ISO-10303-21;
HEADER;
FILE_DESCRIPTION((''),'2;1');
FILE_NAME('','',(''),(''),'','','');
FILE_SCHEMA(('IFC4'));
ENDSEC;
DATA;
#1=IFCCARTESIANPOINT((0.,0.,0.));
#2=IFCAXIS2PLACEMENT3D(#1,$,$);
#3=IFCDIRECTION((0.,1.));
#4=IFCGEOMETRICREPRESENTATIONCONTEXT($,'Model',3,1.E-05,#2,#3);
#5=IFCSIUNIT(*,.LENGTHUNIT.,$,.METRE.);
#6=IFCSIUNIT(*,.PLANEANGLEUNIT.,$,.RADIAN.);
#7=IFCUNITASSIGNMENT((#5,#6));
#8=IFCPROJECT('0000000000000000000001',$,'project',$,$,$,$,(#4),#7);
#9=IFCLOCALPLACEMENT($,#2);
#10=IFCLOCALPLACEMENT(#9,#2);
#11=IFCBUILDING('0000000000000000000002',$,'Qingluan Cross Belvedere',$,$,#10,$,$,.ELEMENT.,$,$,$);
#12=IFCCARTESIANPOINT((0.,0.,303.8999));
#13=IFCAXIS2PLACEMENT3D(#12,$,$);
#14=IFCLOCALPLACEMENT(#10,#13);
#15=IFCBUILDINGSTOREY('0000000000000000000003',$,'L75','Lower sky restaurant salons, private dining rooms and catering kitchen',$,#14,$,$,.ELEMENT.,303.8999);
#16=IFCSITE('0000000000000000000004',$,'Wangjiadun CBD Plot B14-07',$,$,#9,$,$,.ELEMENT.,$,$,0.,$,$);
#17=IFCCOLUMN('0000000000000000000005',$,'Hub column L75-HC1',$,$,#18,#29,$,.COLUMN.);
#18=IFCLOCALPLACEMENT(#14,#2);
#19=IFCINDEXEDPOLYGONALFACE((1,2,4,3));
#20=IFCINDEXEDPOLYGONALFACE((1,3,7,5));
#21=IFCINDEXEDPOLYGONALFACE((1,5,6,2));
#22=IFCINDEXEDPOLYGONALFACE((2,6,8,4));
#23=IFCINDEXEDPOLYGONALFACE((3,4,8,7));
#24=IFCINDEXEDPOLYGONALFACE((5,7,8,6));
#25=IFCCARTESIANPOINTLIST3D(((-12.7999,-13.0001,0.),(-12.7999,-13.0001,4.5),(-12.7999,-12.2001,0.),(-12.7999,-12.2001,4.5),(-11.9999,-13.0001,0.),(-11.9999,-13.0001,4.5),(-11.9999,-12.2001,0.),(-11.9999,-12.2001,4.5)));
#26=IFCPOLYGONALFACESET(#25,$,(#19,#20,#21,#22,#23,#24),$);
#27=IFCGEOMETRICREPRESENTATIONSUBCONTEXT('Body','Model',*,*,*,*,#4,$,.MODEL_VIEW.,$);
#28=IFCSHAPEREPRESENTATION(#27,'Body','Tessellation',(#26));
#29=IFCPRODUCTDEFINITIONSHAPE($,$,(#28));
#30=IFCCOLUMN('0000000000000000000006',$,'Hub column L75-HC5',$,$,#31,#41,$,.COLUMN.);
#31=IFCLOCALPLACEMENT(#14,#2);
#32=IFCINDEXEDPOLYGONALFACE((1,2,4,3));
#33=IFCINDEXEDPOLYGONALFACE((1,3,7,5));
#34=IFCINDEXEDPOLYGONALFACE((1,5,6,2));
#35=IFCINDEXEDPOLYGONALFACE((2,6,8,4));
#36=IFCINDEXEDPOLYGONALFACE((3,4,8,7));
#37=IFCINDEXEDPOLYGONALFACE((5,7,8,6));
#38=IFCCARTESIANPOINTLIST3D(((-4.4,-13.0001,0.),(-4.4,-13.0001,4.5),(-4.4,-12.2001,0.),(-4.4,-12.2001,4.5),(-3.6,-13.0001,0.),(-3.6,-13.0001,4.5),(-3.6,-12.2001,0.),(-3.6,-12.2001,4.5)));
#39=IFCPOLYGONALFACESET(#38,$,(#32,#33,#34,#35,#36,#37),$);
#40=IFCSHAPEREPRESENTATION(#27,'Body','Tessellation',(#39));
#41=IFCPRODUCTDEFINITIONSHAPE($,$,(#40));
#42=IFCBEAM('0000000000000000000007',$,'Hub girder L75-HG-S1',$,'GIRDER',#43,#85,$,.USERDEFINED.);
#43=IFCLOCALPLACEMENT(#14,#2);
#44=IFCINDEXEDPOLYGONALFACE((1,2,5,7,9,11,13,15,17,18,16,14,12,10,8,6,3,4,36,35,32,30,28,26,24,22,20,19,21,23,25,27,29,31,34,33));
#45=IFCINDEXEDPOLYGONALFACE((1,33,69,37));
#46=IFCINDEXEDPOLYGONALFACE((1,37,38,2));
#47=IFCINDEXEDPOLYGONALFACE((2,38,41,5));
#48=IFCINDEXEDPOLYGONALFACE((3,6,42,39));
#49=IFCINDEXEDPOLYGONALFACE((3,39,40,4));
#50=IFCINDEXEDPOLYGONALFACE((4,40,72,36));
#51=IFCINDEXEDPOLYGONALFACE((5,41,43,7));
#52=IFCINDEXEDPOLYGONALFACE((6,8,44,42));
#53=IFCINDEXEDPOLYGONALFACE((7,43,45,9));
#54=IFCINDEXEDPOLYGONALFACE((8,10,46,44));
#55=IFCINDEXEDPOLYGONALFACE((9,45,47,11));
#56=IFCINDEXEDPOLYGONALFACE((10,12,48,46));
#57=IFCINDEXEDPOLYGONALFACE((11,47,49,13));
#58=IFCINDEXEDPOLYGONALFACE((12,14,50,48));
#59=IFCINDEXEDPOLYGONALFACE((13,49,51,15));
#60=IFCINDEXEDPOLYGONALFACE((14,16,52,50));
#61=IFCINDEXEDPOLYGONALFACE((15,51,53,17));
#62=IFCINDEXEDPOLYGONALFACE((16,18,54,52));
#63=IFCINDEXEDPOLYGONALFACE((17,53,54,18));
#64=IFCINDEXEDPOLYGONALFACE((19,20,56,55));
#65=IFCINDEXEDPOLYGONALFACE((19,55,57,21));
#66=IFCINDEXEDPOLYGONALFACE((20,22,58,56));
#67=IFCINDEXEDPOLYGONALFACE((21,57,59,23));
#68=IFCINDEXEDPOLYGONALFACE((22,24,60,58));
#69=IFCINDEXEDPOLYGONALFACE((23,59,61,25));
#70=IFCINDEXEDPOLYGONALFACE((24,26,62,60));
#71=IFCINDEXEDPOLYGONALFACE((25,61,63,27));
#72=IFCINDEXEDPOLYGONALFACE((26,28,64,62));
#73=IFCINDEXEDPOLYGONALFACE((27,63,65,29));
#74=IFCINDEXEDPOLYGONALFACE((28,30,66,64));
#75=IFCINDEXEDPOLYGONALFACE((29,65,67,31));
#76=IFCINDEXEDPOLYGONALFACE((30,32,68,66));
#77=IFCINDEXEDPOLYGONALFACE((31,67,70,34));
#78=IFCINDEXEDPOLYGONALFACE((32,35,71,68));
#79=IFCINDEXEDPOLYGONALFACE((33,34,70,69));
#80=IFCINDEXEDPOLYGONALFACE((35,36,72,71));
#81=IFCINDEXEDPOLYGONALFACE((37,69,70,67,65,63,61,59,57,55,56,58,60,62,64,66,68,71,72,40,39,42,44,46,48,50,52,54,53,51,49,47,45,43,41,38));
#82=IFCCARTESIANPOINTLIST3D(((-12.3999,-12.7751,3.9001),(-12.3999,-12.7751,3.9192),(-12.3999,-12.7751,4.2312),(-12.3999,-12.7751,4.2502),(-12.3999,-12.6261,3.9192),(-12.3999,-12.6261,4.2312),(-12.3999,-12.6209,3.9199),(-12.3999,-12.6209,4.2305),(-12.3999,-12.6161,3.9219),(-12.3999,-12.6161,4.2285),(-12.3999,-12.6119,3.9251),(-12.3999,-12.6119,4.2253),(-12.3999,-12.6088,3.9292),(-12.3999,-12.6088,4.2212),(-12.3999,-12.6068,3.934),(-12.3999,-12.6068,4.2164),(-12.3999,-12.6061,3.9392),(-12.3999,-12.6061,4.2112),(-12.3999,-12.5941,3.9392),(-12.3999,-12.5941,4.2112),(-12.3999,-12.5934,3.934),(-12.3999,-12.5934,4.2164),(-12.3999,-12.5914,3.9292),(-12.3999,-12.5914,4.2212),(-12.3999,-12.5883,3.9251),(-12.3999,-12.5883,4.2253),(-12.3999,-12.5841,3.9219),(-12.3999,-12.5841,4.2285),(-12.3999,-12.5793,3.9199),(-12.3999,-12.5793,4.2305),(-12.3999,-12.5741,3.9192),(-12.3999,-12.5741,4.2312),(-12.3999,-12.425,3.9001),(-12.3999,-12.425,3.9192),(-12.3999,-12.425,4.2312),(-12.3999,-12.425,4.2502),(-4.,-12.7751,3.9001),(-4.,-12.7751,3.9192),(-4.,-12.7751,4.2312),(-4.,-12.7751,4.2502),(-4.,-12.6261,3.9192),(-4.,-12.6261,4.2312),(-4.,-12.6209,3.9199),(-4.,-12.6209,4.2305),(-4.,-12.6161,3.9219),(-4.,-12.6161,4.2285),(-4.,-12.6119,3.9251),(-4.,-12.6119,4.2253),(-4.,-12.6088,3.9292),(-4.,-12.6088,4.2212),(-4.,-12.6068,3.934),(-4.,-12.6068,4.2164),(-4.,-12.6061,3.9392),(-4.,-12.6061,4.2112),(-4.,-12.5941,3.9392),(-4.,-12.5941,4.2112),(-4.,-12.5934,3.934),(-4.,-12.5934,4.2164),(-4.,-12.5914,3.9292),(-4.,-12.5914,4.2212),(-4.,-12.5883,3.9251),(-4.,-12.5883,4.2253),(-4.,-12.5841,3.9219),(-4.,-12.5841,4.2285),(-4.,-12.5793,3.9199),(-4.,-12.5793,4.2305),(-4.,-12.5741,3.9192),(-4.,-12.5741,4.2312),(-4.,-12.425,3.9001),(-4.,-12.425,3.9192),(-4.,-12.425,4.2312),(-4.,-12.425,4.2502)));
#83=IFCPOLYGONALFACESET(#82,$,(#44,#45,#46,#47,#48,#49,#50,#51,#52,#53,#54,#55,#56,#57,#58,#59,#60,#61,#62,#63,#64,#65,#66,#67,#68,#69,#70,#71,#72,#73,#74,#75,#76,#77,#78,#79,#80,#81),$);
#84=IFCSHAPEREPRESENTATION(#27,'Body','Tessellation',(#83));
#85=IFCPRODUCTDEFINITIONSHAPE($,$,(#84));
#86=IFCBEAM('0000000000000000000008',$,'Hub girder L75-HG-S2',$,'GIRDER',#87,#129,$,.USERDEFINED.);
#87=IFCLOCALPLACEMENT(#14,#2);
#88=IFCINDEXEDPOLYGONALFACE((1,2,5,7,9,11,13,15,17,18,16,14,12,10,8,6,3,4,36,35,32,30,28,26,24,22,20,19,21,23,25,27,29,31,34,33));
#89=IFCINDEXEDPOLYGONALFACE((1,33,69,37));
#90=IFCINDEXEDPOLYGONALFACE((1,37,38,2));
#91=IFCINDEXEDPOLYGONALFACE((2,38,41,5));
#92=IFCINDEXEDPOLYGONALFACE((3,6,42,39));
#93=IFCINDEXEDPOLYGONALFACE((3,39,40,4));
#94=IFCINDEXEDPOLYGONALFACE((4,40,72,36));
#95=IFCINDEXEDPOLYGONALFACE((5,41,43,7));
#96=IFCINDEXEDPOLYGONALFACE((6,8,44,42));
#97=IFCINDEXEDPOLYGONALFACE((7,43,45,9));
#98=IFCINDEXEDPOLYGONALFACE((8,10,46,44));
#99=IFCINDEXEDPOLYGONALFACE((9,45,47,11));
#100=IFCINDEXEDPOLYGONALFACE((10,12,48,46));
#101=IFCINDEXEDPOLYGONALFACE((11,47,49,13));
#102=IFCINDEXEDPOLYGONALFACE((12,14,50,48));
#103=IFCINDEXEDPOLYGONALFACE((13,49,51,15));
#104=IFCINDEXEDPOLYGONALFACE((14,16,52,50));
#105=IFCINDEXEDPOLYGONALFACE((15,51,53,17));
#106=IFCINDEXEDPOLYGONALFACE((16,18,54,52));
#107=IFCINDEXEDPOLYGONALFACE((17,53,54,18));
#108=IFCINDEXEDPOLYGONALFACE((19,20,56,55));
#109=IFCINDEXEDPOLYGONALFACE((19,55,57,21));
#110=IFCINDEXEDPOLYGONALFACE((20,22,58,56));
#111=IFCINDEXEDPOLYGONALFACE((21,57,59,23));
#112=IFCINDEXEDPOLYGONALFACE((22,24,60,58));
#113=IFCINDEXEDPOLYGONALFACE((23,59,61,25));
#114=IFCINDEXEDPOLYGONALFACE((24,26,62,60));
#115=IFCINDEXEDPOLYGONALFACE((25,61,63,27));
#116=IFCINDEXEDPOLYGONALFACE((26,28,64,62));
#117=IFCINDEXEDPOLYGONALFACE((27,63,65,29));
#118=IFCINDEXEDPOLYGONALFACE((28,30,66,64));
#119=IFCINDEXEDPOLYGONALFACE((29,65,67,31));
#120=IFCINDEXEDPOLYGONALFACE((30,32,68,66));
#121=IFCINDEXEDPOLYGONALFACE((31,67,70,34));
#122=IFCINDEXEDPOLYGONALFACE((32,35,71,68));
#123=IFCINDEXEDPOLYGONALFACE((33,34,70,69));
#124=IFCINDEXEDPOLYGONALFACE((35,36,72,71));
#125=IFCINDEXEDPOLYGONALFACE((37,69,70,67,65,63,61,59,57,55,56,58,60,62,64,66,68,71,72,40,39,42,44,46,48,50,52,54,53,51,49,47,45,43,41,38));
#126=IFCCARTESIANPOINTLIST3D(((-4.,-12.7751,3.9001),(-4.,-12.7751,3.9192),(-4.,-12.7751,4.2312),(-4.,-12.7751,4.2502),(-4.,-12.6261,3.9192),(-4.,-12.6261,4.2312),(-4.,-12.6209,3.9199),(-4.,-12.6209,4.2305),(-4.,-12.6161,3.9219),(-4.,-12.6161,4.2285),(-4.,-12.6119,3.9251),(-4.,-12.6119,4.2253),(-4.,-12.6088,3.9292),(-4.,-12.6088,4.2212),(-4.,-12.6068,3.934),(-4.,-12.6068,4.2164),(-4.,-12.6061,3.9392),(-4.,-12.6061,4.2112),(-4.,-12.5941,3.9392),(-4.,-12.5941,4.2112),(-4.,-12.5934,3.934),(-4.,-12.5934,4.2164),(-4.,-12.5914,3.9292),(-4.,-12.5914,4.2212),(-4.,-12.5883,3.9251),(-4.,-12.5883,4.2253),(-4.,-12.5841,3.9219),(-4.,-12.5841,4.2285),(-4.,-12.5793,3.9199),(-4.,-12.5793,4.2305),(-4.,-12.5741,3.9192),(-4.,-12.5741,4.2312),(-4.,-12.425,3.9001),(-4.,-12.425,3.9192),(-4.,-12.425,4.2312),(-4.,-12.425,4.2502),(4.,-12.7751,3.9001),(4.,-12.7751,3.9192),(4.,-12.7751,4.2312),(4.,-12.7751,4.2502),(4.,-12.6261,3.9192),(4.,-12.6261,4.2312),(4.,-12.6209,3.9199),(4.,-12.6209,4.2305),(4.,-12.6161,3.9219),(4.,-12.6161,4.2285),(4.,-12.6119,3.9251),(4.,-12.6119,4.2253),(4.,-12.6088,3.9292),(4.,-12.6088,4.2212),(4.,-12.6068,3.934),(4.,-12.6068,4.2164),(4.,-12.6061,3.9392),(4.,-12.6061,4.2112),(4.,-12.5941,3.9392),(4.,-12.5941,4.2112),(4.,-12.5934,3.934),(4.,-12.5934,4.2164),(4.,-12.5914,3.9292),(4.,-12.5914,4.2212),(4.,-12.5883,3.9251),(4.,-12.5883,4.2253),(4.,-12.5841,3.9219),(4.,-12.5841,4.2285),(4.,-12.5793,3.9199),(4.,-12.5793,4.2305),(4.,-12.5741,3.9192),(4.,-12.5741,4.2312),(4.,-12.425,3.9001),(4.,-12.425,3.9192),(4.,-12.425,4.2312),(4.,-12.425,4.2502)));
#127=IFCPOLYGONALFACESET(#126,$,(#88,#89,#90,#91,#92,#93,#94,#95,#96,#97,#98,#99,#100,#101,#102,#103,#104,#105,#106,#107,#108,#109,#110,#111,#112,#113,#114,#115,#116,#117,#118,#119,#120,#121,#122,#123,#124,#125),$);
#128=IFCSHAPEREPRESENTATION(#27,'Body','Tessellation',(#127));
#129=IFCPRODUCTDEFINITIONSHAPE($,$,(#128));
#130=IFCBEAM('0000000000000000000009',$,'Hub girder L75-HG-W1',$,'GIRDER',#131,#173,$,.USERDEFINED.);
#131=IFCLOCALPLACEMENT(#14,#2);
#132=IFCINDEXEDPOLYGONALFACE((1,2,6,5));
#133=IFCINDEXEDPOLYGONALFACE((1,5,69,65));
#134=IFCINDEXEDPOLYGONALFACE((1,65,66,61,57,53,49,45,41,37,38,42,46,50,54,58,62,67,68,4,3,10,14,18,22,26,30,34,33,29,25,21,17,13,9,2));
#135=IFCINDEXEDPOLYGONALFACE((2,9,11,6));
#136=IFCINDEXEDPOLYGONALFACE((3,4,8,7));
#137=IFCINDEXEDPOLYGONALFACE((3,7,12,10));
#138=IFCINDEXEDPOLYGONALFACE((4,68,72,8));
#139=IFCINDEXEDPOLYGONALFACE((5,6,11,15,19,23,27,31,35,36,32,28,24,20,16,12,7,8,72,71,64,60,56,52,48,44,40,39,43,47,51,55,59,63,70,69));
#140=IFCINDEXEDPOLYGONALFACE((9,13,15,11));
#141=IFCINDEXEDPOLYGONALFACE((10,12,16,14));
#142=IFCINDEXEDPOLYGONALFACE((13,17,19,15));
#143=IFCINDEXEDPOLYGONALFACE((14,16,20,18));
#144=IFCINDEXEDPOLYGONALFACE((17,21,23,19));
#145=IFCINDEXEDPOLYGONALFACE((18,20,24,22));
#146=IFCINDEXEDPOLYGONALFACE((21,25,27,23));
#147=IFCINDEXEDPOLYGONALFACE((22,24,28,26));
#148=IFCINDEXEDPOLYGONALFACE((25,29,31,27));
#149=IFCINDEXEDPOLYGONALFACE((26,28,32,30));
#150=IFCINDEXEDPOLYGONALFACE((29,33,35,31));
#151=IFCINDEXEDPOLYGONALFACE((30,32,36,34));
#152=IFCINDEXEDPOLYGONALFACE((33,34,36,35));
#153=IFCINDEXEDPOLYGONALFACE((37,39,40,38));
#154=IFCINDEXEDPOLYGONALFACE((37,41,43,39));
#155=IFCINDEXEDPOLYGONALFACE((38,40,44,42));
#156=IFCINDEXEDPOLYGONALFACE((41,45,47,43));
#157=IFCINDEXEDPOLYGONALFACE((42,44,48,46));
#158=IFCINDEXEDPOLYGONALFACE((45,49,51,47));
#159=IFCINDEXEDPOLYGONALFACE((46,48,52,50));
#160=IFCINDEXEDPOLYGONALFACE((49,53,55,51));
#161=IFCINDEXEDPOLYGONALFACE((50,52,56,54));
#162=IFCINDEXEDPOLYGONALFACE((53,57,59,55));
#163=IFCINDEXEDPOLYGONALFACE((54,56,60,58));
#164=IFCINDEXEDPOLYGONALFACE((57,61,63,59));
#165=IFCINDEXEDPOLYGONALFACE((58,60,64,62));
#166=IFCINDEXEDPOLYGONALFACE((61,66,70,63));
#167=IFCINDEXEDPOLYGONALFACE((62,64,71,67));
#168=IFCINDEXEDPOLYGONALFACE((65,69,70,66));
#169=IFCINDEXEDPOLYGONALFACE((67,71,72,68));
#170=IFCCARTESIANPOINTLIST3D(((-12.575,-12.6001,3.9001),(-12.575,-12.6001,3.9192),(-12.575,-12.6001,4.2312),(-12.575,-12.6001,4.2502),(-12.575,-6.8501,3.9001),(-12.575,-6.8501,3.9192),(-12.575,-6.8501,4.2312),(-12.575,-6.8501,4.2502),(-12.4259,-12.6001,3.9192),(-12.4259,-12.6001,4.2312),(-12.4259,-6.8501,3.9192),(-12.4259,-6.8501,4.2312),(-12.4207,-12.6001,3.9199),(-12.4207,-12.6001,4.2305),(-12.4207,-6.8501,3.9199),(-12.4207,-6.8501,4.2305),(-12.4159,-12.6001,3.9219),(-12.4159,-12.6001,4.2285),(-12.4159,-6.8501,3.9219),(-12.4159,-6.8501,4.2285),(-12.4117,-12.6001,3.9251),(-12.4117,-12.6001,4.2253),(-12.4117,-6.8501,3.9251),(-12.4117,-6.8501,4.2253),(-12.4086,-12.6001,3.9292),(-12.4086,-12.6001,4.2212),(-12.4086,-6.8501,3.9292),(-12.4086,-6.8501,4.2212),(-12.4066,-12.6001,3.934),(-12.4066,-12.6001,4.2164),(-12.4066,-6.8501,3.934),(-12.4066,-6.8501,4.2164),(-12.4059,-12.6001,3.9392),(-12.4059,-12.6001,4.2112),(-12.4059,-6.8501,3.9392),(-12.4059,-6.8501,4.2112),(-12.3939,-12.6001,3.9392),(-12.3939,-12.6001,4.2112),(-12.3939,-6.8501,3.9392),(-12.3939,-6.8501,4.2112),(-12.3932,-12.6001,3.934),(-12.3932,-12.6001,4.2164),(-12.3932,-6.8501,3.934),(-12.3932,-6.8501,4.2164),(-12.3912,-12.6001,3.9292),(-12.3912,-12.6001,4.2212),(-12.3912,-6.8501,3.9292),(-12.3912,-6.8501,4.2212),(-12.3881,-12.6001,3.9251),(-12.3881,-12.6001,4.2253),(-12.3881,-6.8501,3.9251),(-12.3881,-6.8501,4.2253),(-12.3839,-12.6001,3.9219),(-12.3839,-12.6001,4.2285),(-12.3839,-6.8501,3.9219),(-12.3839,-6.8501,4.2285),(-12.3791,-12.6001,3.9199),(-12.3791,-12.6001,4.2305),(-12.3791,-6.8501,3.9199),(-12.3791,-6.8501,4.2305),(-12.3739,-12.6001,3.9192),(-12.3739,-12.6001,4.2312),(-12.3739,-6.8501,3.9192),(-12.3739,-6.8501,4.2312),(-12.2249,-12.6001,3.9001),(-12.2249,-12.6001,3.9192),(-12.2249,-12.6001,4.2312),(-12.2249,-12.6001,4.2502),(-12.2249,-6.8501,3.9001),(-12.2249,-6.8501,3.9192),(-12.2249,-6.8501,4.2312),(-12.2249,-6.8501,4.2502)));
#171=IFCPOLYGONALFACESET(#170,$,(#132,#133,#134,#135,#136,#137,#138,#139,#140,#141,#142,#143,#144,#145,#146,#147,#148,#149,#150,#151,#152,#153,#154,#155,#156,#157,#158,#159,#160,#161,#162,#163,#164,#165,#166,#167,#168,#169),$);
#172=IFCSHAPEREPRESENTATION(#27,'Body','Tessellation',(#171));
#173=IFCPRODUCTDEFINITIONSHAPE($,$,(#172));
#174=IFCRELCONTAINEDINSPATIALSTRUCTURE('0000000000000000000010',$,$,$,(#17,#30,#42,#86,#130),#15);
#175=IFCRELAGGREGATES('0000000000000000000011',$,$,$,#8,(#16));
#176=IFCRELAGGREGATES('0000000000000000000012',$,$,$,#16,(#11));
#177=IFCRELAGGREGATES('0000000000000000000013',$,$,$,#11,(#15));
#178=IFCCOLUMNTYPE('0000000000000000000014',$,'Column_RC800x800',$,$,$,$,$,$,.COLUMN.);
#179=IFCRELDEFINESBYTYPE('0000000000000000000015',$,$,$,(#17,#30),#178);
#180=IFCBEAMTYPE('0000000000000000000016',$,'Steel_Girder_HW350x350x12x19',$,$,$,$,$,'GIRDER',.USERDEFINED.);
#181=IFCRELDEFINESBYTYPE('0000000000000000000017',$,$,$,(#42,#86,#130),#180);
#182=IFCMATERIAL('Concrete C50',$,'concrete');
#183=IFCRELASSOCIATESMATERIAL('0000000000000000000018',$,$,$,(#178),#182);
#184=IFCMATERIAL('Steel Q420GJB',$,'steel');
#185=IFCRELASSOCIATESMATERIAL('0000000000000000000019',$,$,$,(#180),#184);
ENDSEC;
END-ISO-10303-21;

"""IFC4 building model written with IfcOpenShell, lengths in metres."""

from ifc_helpers import new_model, si_unit, direction, frame, origin, origin_2d, place, context, subcontext, project, spatial, rectangle, i_section, extrude, material, material_profile, profile_set, type_object, element, save


model = new_model("IFC4")

# Units and contexts
model_context = context("Model", 3, precision=1e-05, world=origin(), true_north=direction((0.0, 1.0)))
body_context = subcontext(model_context, "Body", "Model", "MODEL_VIEW")
ifc_project = project(units=[si_unit("LENGTHUNIT", "METRE"), si_unit("PLANEANGLEUNIT", "RADIAN")], contexts=[model_context])

# Site, building, storey
site_placement = place(None, origin())
site = spatial("IfcSite", under=ifc_project, at=site_placement, Name="Wangjiadun CBD Plot B14-07", CompositionType="ELEMENT", RefElevation=0.0)
building_placement = place(site_placement, origin())
building = spatial("IfcBuilding", under=site, at=building_placement, Name="Qingluan Cross Belvedere", CompositionType="ELEMENT")
storey_placement = place(building_placement, frame((0.0, 0.0, 303.8999)))
storey = spatial("IfcBuildingStorey", under=building, at=storey_placement, Name="L75", Description="Lower sky restaurant salons, private dining rooms and catering kitchen", CompositionType="ELEMENT", Elevation=303.8999)

# Columns
ifc_material_1 = material(Name="Concrete C50", Category="concrete")
ifc_material_profile_1 = material_profile(ifc_material_1, rectangle(XDim=0.8, YDim=0.8, at=origin_2d()), Name="RC800x800")
ifc_profile_set_1 = profile_set([ifc_material_profile_1], Name="Concrete C50")
column_type = type_object("IfcColumnType", Name="Column_RC800x800", PredefinedType="COLUMN", material=ifc_profile_set_1)
for number, where, z_axis, x_axis, name in (
    (1, (-12.3999, -12.6001, 0.0), (0.0, 0.0, 1.0), (1.0, 0.0, 0.0), "Hub column L75-HC1"),
    (2, (-4.0, -12.6001, 0.0), (0.0, 0.0, 1.0), (1.0, 0.0, 0.0), "Hub column L75-HC5"),
):
    element("IfcColumn", number, at=place(storey_placement, frame(where, z_axis=z_axis, x_axis=x_axis)), inside=storey, type_object=column_type, Name=name, PredefinedType="COLUMN", context=body_context, shape_type="SweptSolid", body=[
        extrude(rectangle(XDim=0.8, YDim=0.8, at=origin_2d()), origin(), (0.0, 0.0, 1.0), 4.5),
    ])

# Beams
ifc_material_2 = material(Name="Steel Q420GJB", Category="steel")
ifc_material_profile_2 = material_profile(ifc_material_2, i_section(OverallWidth=0.3501, OverallDepth=0.3501, WebThickness=0.012, FlangeThickness=0.019, FilletRadius=0.02, at=origin_2d()), Name="HW350x350x12x19")
ifc_profile_set_2 = profile_set([ifc_material_profile_2], Name="Steel Q420GJB")
beam_type = type_object("IfcBeamType", Name="Steel_Girder_HW350x350x12x19", ElementType="GIRDER", PredefinedType="USERDEFINED", material=ifc_profile_set_2)
beam_1_placement = place(storey_placement, frame((-12.3999, -12.6001, 4.0752), z_axis=(1.0, 0.0, 0.0), x_axis=(0.0, 1.0, 0.0)))
element("IfcBeam", 3, at=beam_1_placement, inside=storey, type_object=beam_type, Name="Hub girder L75-HG-S1", ObjectType="GIRDER", PredefinedType="USERDEFINED", context=body_context, shape_type="SweptSolid", body=[
    extrude(i_section(OverallWidth=0.3501, OverallDepth=0.3501, WebThickness=0.012, FlangeThickness=0.019, FilletRadius=0.02, at=origin_2d()), origin(), (0.0, 0.0, 1.0), 8.3999),
])
beam_2_placement = place(storey_placement, frame((-4.0, -12.6001, 4.0752), z_axis=(1.0, 0.0, 0.0), x_axis=(0.0, 1.0, 0.0)))
element("IfcBeam", 4, at=beam_2_placement, inside=storey, type_object=beam_type, Name="Hub girder L75-HG-S2", ObjectType="GIRDER", PredefinedType="USERDEFINED", context=body_context, shape_type="SweptSolid", body=[
    extrude(i_section(OverallWidth=0.3501, OverallDepth=0.3501, WebThickness=0.012, FlangeThickness=0.019, FilletRadius=0.02, at=origin_2d()), origin(), (0.0, 0.0, 1.0), 8.0),
])
for number, where, z_axis, x_axis, name in (
    (5, (-12.3999, -12.6001, 4.0752), (0.0, 1.0, 0.0), (-1.0, 0.0, 0.0), "Hub girder L75-HG-W1"),
):
    element("IfcBeam", number, at=place(storey_placement, frame(where, z_axis=z_axis, x_axis=x_axis)), inside=storey, type_object=beam_type, Name=name, ObjectType="GIRDER", PredefinedType="USERDEFINED", context=body_context, shape_type="SweptSolid", body=[
        extrude(i_section(OverallWidth=0.3501, OverallDepth=0.3501, WebThickness=0.012, FlangeThickness=0.019, FilletRadius=0.02, at=origin_2d()), origin(), (0.0, 0.0, 1.0), 5.75),
    ])

save(model, "model.ifc")
